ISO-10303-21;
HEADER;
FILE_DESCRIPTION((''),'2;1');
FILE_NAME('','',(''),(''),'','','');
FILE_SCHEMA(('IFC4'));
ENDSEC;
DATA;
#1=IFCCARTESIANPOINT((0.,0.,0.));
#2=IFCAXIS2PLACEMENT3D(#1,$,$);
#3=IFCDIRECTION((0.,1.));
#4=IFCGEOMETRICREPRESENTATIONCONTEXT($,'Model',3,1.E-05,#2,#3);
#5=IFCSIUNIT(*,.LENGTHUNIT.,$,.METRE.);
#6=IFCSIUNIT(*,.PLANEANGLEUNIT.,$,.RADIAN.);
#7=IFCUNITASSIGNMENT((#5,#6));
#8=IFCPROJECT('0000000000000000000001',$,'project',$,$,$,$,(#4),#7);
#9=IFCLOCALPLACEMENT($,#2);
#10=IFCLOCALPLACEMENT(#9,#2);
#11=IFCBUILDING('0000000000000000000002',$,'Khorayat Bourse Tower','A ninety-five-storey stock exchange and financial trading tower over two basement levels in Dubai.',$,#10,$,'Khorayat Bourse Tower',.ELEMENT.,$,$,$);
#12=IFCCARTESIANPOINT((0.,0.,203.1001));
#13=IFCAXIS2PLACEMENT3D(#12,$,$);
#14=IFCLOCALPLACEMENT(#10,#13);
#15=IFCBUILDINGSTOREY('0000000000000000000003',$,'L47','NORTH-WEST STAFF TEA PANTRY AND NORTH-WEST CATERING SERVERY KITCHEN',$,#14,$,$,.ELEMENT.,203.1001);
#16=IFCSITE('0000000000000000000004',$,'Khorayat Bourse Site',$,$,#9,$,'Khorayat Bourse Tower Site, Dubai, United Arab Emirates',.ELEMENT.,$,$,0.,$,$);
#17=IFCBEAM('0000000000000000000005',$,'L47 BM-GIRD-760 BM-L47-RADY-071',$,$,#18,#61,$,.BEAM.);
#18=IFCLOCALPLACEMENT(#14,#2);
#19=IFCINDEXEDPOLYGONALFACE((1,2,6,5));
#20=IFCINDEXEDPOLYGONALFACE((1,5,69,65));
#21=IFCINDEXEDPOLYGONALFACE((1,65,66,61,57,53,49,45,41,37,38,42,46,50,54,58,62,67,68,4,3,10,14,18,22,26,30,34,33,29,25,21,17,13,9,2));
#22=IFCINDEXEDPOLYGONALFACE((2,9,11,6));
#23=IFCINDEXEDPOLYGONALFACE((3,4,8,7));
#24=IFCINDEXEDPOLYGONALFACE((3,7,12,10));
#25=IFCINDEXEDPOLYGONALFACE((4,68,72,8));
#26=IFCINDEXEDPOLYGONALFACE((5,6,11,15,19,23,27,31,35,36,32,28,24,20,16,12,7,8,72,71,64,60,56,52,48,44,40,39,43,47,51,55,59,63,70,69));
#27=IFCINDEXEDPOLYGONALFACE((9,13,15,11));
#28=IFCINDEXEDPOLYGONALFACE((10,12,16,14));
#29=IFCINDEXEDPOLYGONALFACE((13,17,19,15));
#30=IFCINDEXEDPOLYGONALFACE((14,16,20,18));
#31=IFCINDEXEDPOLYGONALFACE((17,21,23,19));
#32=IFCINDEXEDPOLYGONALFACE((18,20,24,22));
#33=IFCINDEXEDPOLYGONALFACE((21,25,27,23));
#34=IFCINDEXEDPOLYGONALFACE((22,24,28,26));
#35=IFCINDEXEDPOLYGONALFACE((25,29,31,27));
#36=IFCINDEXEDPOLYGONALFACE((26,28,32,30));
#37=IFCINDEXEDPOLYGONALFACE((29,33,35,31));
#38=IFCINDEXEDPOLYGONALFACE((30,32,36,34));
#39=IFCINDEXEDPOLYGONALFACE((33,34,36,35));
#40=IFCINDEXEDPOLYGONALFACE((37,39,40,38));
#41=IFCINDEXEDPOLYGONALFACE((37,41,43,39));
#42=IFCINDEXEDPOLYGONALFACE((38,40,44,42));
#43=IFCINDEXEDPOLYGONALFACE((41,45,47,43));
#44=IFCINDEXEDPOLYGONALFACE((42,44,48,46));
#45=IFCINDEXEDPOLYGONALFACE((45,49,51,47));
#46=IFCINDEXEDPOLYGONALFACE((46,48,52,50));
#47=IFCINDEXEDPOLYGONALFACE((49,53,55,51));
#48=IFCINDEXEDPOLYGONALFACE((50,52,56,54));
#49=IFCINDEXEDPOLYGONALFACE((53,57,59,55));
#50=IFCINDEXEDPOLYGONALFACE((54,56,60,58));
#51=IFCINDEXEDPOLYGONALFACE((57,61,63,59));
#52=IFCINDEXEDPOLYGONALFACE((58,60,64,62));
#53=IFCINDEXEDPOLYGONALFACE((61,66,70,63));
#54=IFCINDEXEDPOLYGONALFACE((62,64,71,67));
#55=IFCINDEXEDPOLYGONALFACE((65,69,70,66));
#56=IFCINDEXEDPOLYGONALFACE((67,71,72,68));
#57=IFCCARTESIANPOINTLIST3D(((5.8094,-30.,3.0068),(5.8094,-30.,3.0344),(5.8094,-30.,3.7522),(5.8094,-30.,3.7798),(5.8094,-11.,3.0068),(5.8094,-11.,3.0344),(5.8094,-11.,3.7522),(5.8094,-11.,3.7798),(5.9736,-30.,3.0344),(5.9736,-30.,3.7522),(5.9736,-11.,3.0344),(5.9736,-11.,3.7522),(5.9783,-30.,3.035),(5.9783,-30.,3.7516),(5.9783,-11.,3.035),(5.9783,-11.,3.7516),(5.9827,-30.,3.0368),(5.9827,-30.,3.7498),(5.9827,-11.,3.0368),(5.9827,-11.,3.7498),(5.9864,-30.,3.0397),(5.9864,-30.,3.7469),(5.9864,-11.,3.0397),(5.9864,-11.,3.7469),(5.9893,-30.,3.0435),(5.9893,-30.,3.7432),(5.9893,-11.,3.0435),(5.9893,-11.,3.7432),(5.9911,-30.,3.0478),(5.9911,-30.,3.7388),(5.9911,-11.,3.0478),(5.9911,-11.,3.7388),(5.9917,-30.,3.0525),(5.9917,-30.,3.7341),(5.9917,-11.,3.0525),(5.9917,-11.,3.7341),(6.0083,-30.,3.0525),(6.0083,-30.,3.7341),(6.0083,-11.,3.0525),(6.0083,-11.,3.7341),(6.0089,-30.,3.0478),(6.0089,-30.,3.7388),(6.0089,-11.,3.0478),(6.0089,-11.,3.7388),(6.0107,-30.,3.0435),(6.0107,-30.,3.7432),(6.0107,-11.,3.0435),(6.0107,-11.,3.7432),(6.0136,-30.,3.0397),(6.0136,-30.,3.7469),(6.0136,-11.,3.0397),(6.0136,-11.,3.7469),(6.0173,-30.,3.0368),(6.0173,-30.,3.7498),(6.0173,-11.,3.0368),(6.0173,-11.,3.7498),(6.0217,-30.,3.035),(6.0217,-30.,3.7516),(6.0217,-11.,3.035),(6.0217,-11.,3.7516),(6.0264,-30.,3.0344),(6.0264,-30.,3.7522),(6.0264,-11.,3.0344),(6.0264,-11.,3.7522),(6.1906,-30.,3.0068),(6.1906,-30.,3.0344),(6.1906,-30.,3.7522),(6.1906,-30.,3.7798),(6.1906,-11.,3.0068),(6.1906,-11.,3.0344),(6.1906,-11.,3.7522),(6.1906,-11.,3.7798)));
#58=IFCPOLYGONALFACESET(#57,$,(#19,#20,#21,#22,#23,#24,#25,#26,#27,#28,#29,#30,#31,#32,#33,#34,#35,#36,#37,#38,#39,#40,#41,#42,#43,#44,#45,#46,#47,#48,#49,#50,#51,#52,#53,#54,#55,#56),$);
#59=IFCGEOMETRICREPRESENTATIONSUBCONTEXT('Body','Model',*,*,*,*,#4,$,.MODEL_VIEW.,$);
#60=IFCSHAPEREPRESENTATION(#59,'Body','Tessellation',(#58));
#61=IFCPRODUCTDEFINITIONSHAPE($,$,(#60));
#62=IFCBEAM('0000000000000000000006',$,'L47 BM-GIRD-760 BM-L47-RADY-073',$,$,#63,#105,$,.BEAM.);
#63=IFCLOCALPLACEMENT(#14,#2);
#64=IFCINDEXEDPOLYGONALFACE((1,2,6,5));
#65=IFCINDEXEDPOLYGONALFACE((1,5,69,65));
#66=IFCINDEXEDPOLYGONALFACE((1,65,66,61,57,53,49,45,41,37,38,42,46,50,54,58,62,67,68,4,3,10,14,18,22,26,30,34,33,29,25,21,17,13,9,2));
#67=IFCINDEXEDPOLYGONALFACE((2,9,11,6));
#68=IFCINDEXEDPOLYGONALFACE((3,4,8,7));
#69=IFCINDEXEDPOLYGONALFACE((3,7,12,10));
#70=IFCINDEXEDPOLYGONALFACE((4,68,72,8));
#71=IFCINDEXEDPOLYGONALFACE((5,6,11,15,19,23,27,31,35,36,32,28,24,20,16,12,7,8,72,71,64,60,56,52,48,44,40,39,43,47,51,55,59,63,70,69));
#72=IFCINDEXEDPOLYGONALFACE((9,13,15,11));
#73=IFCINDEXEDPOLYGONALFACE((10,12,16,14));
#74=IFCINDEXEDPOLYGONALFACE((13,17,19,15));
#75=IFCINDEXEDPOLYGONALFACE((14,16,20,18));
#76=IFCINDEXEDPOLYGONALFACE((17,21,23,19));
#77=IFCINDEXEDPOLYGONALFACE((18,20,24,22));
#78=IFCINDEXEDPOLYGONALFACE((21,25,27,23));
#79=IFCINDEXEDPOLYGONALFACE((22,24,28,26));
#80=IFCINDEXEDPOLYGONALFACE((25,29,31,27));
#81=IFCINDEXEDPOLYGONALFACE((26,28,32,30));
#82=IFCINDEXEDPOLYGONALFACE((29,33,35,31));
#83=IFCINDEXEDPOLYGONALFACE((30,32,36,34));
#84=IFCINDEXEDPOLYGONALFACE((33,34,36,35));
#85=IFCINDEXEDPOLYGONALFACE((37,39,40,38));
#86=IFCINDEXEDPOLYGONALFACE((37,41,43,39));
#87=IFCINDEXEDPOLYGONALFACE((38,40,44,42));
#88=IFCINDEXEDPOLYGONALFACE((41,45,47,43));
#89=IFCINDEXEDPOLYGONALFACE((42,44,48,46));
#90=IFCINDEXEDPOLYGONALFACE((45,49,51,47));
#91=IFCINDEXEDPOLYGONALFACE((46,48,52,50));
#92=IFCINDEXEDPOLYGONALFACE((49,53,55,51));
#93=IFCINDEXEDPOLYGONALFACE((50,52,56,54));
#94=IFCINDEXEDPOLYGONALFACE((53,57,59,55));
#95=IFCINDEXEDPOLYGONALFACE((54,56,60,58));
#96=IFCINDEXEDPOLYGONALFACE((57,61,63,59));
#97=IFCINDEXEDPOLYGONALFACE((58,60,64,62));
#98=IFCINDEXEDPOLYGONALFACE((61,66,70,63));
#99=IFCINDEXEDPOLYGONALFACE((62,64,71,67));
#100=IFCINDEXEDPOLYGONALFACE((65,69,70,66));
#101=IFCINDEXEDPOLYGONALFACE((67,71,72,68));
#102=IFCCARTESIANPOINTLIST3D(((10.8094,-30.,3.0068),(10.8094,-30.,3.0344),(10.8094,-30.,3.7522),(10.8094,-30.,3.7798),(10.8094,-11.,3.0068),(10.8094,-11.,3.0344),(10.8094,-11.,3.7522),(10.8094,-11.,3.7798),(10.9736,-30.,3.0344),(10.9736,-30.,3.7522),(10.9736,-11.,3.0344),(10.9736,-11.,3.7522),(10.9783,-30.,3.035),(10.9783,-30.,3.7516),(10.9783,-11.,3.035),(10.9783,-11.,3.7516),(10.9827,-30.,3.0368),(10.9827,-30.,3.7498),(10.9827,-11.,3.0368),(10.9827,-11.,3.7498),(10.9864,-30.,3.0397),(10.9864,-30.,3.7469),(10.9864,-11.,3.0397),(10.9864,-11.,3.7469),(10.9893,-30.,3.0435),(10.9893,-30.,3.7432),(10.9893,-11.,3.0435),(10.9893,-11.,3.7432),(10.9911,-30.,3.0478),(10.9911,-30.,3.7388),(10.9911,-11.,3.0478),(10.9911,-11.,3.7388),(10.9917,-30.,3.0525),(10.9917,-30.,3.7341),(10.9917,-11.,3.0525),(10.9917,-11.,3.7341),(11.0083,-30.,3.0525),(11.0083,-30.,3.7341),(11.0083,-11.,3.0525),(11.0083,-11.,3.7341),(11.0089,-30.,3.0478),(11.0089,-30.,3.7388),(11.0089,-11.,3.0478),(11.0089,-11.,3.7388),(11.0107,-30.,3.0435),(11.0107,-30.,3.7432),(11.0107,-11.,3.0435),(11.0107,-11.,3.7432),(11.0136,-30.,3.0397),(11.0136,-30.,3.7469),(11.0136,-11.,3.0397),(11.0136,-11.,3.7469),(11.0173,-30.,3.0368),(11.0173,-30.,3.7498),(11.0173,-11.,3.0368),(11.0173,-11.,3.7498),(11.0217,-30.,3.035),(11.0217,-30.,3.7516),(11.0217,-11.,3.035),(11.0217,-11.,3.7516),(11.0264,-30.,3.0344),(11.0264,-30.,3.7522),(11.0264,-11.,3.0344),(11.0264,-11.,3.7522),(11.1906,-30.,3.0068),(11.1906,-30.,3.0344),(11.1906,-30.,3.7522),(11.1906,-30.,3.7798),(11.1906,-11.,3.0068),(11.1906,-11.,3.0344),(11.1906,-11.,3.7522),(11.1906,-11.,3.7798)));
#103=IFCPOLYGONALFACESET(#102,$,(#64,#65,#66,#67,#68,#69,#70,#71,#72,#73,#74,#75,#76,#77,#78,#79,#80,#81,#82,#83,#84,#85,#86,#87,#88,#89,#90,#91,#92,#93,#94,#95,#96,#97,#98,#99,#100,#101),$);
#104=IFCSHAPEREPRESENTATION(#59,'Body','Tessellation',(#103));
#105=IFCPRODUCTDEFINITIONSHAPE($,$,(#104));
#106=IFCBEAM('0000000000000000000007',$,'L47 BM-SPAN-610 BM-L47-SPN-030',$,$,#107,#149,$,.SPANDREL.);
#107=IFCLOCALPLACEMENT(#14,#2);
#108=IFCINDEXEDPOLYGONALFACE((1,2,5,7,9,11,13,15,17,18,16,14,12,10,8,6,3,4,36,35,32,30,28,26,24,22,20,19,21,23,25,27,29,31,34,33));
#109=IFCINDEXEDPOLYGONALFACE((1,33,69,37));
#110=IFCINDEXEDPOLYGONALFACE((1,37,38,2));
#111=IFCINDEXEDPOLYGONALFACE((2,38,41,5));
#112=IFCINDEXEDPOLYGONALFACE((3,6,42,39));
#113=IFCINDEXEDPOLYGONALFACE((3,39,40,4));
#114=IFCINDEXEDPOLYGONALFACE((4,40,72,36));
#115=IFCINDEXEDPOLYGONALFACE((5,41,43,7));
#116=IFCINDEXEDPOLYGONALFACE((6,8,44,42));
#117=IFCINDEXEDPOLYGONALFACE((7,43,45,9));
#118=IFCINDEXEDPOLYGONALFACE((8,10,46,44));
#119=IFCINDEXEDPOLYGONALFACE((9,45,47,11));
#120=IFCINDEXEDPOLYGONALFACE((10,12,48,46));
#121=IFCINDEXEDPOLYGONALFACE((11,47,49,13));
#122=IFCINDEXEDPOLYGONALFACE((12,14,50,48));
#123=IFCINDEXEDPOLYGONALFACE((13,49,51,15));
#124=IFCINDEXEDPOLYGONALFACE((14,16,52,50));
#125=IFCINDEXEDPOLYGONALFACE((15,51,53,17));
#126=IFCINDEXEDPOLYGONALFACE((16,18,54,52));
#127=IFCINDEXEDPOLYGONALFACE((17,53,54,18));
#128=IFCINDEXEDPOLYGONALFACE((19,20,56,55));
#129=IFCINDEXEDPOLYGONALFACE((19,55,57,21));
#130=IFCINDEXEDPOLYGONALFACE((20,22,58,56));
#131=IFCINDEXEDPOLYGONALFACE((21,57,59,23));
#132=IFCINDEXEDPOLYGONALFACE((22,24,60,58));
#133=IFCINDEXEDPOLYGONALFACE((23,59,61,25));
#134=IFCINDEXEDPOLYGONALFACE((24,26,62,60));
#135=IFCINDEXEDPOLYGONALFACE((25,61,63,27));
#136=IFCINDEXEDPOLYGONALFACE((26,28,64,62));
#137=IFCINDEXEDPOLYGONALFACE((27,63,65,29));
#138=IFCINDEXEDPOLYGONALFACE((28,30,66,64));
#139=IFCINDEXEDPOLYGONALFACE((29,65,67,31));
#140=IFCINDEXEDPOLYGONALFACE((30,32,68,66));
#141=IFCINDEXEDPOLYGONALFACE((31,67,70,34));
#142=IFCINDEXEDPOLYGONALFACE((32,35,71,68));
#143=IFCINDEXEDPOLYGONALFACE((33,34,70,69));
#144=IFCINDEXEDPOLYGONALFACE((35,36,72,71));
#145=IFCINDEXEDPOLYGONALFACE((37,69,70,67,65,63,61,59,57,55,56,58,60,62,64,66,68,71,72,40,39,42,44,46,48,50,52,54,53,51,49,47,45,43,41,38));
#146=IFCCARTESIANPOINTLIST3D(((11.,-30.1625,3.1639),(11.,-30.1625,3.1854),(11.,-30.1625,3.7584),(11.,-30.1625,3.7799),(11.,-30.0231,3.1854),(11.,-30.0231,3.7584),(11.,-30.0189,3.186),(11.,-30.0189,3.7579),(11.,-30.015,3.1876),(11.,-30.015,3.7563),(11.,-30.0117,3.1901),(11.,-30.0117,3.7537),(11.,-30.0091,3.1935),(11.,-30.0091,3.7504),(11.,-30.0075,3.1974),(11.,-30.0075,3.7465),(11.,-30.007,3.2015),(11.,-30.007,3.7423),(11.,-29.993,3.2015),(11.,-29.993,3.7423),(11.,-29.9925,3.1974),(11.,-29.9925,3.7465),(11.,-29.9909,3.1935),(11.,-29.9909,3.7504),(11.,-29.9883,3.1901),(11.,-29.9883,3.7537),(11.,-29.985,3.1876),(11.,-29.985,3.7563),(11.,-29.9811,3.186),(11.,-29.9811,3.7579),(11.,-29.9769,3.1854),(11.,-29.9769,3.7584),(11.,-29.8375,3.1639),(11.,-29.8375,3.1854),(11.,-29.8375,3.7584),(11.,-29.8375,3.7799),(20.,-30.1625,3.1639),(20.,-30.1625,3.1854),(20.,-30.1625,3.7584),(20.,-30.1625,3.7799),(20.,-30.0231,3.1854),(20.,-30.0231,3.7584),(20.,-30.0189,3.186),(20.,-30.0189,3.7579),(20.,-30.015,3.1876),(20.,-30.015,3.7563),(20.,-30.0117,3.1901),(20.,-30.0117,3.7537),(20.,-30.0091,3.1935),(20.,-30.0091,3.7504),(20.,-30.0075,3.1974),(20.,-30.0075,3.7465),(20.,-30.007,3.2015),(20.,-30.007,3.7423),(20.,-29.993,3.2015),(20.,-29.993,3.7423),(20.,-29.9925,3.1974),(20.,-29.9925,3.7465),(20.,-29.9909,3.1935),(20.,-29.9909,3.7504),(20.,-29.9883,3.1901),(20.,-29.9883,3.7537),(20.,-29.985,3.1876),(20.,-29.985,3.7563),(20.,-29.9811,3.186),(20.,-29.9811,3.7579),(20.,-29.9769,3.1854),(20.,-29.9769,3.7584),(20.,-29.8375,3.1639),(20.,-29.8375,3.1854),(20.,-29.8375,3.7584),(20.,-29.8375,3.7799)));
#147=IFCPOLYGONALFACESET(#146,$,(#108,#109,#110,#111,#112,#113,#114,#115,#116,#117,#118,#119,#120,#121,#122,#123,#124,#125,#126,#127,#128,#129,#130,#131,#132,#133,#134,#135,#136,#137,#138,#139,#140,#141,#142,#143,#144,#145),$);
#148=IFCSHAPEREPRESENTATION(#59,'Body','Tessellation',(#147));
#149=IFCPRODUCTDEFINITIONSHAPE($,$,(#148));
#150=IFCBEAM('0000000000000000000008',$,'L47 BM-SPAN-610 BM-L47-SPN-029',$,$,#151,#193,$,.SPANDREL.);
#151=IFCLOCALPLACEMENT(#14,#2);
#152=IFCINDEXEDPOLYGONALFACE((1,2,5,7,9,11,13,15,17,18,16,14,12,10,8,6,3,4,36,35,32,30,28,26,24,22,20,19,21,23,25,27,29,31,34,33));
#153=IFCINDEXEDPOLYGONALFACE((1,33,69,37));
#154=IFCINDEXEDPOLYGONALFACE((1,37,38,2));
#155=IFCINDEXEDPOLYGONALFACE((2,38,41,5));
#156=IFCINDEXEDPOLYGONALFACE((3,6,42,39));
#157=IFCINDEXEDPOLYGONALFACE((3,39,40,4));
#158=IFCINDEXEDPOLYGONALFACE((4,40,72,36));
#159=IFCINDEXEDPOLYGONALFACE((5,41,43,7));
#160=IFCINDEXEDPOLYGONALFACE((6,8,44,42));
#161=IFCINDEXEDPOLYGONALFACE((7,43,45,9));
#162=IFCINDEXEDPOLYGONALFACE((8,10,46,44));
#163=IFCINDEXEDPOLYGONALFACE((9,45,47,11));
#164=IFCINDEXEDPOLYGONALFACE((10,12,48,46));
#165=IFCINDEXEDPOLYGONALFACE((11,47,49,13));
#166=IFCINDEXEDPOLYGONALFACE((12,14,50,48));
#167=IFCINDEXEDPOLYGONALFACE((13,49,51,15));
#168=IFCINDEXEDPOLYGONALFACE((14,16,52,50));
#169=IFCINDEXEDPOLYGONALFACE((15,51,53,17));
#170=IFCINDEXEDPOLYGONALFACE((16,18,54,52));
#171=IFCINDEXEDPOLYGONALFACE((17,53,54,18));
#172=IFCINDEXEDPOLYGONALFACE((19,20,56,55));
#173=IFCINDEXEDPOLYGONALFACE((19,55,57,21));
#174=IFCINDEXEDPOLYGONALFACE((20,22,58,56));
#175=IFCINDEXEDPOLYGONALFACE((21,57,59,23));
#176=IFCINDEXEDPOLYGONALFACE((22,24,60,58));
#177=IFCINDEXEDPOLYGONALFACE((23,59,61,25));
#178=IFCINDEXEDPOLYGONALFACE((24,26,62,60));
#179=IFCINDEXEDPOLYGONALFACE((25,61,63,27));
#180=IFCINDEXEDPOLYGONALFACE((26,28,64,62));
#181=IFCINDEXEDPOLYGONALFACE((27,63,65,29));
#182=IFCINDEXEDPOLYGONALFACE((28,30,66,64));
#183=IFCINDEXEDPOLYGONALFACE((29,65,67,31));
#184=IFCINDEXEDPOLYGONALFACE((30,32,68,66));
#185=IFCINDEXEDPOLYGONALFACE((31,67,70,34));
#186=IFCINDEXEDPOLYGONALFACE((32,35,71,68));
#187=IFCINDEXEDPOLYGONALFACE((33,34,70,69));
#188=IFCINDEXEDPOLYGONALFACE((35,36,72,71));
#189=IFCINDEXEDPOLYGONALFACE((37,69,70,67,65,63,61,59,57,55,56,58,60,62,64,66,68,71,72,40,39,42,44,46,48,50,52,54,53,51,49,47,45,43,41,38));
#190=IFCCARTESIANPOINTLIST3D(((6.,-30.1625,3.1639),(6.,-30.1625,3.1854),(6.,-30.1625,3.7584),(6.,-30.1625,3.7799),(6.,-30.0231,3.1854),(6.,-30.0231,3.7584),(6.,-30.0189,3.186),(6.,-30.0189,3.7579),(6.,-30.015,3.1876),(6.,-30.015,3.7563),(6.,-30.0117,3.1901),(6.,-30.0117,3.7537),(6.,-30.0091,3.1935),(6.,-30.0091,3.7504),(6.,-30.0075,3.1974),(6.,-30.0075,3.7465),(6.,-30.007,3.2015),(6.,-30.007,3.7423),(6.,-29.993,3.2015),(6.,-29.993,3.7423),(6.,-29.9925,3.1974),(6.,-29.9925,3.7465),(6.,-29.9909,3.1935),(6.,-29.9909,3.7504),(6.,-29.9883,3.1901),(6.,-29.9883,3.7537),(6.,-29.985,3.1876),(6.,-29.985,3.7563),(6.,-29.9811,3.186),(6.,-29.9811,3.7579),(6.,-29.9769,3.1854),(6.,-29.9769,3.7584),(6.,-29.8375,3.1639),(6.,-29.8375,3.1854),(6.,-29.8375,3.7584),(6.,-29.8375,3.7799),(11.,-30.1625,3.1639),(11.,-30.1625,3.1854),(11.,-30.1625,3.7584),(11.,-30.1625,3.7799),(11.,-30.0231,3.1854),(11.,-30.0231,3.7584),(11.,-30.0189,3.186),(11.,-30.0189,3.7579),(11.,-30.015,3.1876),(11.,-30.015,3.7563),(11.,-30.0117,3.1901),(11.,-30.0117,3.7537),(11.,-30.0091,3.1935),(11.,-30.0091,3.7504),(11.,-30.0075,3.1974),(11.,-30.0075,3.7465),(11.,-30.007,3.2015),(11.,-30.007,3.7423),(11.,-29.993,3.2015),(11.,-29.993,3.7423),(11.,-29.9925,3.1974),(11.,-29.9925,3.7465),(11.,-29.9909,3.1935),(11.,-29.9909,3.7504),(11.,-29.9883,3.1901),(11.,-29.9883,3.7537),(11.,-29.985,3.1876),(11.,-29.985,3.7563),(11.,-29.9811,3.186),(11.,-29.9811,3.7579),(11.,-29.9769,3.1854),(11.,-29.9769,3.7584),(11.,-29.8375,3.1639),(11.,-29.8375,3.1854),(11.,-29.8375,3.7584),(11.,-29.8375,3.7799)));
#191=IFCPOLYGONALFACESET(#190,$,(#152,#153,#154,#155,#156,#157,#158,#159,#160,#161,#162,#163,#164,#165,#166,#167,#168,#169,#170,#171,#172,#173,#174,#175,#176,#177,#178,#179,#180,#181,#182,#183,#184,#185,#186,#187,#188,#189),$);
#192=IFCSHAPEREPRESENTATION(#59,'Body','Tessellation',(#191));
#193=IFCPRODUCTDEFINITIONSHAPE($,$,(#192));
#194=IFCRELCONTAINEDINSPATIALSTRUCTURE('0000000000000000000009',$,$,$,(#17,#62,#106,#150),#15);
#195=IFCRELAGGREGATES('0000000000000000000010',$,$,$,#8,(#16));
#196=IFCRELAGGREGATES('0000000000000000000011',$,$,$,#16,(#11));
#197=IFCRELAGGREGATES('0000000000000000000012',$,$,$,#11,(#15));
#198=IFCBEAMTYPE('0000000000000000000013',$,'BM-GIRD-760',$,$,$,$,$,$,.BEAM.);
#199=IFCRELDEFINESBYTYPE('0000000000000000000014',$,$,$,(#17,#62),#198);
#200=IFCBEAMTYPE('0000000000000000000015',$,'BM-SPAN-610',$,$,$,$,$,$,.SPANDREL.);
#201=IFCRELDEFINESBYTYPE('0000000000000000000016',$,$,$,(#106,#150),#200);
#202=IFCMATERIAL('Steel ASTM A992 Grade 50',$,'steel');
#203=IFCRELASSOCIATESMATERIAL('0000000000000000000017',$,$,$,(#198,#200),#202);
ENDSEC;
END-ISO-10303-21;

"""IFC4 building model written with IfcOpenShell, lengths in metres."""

from ifc_helpers import new_model, si_unit, direction, frame, origin, origin_2d, place, context, subcontext, project, spatial, i_section, extrude, source, transform, mapped, material, material_profile, profile_set, type_object, element, save


model = new_model("IFC4")

# Units and contexts
model_context = context("Model", 3, precision=1e-05, world=origin(), true_north=direction((0.0, 1.0)))
body_context = subcontext(model_context, "Body", "Model", "MODEL_VIEW")
ifc_project = project(units=[si_unit("LENGTHUNIT", "METRE"), si_unit("PLANEANGLEUNIT", "RADIAN")], contexts=[model_context])

# Site, building, storey
site_placement = place(None, origin())
site = spatial("IfcSite", under=ifc_project, at=site_placement, Name="Khorayat Bourse Site", LongName="Khorayat Bourse Tower Site, Dubai, United Arab Emirates", CompositionType="ELEMENT", RefElevation=0.0)
building_placement = place(site_placement, origin())
building = spatial("IfcBuilding", under=site, at=building_placement, Name="Khorayat Bourse Tower", Description="A ninety-five-storey stock exchange and financial trading tower over two basement levels in Dubai.", LongName="Khorayat Bourse Tower", CompositionType="ELEMENT")
storey_placement = place(building_placement, frame((0.0, 0.0, 203.1001)))
storey = spatial("IfcBuildingStorey", under=building, at=storey_placement, Name="L47", Description="NORTH-WEST STAFF TEA PANTRY AND NORTH-WEST CATERING SERVERY KITCHEN", CompositionType="ELEMENT", Elevation=203.1001)

# Beams
ifc_material_1 = material(Name="Steel ASTM A992 Grade 50", Category="steel")
ifc_material_profile_1 = material_profile(ifc_material_1, i_section(OverallWidth=0.3811, OverallDepth=0.7729, WebThickness=0.0166, FlangeThickness=0.0276, FilletRadius=0.0181, at=origin_2d()), Name="W760X257")
ifc_profile_set_1 = profile_set([ifc_material_profile_1], Name="Steel ASTM A992 Grade 50")
beam_type_1 = type_object("IfcBeamType", Name="BM-GIRD-760", PredefinedType="BEAM", material=ifc_profile_set_1)
shared_shape_1 = source(origin(), body_context, "Body", "SweptSolid", [
    extrude(i_section(OverallWidth=0.3811, OverallDepth=0.7729, WebThickness=0.0166, FlangeThickness=0.0276, FilletRadius=0.0181, at=origin_2d()), origin(), (0.0, 0.0, 1.0), 19.0),
])
for number, where, z_axis, x_axis, name in (
    (1, (6.0, -30.0, 3.3933), (0.0, 1.0, 0.0), (-1.0, 0.0, 0.0), "L47 BM-GIRD-760 BM-L47-RADY-071"),
    (2, (11.0, -30.0, 3.3933), (0.0, 1.0, 0.0), (-1.0, 0.0, 0.0), "L47 BM-GIRD-760 BM-L47-RADY-073"),
):
    element("IfcBeam", number, at=place(storey_placement, frame(where, z_axis=z_axis, x_axis=x_axis)), inside=storey, type_object=beam_type_1, Name=name, PredefinedType="BEAM", context=body_context, shape_type="MappedRepresentation", body=[
        mapped(shared_shape_1, transform((0.0, 0.0, 0.0), scale=1.0)),
    ])
ifc_material_profile_2 = material_profile(ifc_material_1, i_section(OverallWidth=0.325, OverallDepth=0.616, WebThickness=0.0139, FlangeThickness=0.0215, FilletRadius=0.0161, at=origin_2d()), Name="W610X174")
ifc_profile_set_2 = profile_set([ifc_material_profile_2], Name="Steel ASTM A992 Grade 50")
beam_type_2 = type_object("IfcBeamType", Name="BM-SPAN-610", PredefinedType="SPANDREL", material=ifc_profile_set_2)
shared_shape_2 = source(origin(), body_context, "Body", "SweptSolid", [
    extrude(i_section(OverallWidth=0.325, OverallDepth=0.616, WebThickness=0.0139, FlangeThickness=0.0215, FilletRadius=0.0161, at=origin_2d()), origin(), (0.0, 0.0, 1.0), 9.0),
])
beam_1_placement = place(storey_placement, frame((11.0, -30.0, 3.4719), z_axis=(1.0, 0.0, 0.0), x_axis=(0.0, 1.0, 0.0)))
element("IfcBeam", 3, at=beam_1_placement, inside=storey, type_object=beam_type_2, Name="L47 BM-SPAN-610 BM-L47-SPN-030", PredefinedType="SPANDREL", context=body_context, shape_type="MappedRepresentation", body=[
    mapped(shared_shape_2, transform((0.0, 0.0, 0.0), scale=1.0)),
])
shared_shape_3 = source(origin(), body_context, "Body", "SweptSolid", [
    extrude(i_section(OverallWidth=0.325, OverallDepth=0.616, WebThickness=0.0139, FlangeThickness=0.0215, FilletRadius=0.0161, at=origin_2d()), origin(), (0.0, 0.0, 1.0), 5.0),
])
beam_2_placement = place(storey_placement, frame((6.0, -30.0, 3.4719), z_axis=(1.0, 0.0, 0.0), x_axis=(0.0, 1.0, 0.0)))
element("IfcBeam", 4, at=beam_2_placement, inside=storey, type_object=beam_type_2, Name="L47 BM-SPAN-610 BM-L47-SPN-029", PredefinedType="SPANDREL", context=body_context, shape_type="MappedRepresentation", body=[
    mapped(shared_shape_3, transform((0.0, 0.0, 0.0), scale=1.0)),
])

save(model, "model.ifc")
